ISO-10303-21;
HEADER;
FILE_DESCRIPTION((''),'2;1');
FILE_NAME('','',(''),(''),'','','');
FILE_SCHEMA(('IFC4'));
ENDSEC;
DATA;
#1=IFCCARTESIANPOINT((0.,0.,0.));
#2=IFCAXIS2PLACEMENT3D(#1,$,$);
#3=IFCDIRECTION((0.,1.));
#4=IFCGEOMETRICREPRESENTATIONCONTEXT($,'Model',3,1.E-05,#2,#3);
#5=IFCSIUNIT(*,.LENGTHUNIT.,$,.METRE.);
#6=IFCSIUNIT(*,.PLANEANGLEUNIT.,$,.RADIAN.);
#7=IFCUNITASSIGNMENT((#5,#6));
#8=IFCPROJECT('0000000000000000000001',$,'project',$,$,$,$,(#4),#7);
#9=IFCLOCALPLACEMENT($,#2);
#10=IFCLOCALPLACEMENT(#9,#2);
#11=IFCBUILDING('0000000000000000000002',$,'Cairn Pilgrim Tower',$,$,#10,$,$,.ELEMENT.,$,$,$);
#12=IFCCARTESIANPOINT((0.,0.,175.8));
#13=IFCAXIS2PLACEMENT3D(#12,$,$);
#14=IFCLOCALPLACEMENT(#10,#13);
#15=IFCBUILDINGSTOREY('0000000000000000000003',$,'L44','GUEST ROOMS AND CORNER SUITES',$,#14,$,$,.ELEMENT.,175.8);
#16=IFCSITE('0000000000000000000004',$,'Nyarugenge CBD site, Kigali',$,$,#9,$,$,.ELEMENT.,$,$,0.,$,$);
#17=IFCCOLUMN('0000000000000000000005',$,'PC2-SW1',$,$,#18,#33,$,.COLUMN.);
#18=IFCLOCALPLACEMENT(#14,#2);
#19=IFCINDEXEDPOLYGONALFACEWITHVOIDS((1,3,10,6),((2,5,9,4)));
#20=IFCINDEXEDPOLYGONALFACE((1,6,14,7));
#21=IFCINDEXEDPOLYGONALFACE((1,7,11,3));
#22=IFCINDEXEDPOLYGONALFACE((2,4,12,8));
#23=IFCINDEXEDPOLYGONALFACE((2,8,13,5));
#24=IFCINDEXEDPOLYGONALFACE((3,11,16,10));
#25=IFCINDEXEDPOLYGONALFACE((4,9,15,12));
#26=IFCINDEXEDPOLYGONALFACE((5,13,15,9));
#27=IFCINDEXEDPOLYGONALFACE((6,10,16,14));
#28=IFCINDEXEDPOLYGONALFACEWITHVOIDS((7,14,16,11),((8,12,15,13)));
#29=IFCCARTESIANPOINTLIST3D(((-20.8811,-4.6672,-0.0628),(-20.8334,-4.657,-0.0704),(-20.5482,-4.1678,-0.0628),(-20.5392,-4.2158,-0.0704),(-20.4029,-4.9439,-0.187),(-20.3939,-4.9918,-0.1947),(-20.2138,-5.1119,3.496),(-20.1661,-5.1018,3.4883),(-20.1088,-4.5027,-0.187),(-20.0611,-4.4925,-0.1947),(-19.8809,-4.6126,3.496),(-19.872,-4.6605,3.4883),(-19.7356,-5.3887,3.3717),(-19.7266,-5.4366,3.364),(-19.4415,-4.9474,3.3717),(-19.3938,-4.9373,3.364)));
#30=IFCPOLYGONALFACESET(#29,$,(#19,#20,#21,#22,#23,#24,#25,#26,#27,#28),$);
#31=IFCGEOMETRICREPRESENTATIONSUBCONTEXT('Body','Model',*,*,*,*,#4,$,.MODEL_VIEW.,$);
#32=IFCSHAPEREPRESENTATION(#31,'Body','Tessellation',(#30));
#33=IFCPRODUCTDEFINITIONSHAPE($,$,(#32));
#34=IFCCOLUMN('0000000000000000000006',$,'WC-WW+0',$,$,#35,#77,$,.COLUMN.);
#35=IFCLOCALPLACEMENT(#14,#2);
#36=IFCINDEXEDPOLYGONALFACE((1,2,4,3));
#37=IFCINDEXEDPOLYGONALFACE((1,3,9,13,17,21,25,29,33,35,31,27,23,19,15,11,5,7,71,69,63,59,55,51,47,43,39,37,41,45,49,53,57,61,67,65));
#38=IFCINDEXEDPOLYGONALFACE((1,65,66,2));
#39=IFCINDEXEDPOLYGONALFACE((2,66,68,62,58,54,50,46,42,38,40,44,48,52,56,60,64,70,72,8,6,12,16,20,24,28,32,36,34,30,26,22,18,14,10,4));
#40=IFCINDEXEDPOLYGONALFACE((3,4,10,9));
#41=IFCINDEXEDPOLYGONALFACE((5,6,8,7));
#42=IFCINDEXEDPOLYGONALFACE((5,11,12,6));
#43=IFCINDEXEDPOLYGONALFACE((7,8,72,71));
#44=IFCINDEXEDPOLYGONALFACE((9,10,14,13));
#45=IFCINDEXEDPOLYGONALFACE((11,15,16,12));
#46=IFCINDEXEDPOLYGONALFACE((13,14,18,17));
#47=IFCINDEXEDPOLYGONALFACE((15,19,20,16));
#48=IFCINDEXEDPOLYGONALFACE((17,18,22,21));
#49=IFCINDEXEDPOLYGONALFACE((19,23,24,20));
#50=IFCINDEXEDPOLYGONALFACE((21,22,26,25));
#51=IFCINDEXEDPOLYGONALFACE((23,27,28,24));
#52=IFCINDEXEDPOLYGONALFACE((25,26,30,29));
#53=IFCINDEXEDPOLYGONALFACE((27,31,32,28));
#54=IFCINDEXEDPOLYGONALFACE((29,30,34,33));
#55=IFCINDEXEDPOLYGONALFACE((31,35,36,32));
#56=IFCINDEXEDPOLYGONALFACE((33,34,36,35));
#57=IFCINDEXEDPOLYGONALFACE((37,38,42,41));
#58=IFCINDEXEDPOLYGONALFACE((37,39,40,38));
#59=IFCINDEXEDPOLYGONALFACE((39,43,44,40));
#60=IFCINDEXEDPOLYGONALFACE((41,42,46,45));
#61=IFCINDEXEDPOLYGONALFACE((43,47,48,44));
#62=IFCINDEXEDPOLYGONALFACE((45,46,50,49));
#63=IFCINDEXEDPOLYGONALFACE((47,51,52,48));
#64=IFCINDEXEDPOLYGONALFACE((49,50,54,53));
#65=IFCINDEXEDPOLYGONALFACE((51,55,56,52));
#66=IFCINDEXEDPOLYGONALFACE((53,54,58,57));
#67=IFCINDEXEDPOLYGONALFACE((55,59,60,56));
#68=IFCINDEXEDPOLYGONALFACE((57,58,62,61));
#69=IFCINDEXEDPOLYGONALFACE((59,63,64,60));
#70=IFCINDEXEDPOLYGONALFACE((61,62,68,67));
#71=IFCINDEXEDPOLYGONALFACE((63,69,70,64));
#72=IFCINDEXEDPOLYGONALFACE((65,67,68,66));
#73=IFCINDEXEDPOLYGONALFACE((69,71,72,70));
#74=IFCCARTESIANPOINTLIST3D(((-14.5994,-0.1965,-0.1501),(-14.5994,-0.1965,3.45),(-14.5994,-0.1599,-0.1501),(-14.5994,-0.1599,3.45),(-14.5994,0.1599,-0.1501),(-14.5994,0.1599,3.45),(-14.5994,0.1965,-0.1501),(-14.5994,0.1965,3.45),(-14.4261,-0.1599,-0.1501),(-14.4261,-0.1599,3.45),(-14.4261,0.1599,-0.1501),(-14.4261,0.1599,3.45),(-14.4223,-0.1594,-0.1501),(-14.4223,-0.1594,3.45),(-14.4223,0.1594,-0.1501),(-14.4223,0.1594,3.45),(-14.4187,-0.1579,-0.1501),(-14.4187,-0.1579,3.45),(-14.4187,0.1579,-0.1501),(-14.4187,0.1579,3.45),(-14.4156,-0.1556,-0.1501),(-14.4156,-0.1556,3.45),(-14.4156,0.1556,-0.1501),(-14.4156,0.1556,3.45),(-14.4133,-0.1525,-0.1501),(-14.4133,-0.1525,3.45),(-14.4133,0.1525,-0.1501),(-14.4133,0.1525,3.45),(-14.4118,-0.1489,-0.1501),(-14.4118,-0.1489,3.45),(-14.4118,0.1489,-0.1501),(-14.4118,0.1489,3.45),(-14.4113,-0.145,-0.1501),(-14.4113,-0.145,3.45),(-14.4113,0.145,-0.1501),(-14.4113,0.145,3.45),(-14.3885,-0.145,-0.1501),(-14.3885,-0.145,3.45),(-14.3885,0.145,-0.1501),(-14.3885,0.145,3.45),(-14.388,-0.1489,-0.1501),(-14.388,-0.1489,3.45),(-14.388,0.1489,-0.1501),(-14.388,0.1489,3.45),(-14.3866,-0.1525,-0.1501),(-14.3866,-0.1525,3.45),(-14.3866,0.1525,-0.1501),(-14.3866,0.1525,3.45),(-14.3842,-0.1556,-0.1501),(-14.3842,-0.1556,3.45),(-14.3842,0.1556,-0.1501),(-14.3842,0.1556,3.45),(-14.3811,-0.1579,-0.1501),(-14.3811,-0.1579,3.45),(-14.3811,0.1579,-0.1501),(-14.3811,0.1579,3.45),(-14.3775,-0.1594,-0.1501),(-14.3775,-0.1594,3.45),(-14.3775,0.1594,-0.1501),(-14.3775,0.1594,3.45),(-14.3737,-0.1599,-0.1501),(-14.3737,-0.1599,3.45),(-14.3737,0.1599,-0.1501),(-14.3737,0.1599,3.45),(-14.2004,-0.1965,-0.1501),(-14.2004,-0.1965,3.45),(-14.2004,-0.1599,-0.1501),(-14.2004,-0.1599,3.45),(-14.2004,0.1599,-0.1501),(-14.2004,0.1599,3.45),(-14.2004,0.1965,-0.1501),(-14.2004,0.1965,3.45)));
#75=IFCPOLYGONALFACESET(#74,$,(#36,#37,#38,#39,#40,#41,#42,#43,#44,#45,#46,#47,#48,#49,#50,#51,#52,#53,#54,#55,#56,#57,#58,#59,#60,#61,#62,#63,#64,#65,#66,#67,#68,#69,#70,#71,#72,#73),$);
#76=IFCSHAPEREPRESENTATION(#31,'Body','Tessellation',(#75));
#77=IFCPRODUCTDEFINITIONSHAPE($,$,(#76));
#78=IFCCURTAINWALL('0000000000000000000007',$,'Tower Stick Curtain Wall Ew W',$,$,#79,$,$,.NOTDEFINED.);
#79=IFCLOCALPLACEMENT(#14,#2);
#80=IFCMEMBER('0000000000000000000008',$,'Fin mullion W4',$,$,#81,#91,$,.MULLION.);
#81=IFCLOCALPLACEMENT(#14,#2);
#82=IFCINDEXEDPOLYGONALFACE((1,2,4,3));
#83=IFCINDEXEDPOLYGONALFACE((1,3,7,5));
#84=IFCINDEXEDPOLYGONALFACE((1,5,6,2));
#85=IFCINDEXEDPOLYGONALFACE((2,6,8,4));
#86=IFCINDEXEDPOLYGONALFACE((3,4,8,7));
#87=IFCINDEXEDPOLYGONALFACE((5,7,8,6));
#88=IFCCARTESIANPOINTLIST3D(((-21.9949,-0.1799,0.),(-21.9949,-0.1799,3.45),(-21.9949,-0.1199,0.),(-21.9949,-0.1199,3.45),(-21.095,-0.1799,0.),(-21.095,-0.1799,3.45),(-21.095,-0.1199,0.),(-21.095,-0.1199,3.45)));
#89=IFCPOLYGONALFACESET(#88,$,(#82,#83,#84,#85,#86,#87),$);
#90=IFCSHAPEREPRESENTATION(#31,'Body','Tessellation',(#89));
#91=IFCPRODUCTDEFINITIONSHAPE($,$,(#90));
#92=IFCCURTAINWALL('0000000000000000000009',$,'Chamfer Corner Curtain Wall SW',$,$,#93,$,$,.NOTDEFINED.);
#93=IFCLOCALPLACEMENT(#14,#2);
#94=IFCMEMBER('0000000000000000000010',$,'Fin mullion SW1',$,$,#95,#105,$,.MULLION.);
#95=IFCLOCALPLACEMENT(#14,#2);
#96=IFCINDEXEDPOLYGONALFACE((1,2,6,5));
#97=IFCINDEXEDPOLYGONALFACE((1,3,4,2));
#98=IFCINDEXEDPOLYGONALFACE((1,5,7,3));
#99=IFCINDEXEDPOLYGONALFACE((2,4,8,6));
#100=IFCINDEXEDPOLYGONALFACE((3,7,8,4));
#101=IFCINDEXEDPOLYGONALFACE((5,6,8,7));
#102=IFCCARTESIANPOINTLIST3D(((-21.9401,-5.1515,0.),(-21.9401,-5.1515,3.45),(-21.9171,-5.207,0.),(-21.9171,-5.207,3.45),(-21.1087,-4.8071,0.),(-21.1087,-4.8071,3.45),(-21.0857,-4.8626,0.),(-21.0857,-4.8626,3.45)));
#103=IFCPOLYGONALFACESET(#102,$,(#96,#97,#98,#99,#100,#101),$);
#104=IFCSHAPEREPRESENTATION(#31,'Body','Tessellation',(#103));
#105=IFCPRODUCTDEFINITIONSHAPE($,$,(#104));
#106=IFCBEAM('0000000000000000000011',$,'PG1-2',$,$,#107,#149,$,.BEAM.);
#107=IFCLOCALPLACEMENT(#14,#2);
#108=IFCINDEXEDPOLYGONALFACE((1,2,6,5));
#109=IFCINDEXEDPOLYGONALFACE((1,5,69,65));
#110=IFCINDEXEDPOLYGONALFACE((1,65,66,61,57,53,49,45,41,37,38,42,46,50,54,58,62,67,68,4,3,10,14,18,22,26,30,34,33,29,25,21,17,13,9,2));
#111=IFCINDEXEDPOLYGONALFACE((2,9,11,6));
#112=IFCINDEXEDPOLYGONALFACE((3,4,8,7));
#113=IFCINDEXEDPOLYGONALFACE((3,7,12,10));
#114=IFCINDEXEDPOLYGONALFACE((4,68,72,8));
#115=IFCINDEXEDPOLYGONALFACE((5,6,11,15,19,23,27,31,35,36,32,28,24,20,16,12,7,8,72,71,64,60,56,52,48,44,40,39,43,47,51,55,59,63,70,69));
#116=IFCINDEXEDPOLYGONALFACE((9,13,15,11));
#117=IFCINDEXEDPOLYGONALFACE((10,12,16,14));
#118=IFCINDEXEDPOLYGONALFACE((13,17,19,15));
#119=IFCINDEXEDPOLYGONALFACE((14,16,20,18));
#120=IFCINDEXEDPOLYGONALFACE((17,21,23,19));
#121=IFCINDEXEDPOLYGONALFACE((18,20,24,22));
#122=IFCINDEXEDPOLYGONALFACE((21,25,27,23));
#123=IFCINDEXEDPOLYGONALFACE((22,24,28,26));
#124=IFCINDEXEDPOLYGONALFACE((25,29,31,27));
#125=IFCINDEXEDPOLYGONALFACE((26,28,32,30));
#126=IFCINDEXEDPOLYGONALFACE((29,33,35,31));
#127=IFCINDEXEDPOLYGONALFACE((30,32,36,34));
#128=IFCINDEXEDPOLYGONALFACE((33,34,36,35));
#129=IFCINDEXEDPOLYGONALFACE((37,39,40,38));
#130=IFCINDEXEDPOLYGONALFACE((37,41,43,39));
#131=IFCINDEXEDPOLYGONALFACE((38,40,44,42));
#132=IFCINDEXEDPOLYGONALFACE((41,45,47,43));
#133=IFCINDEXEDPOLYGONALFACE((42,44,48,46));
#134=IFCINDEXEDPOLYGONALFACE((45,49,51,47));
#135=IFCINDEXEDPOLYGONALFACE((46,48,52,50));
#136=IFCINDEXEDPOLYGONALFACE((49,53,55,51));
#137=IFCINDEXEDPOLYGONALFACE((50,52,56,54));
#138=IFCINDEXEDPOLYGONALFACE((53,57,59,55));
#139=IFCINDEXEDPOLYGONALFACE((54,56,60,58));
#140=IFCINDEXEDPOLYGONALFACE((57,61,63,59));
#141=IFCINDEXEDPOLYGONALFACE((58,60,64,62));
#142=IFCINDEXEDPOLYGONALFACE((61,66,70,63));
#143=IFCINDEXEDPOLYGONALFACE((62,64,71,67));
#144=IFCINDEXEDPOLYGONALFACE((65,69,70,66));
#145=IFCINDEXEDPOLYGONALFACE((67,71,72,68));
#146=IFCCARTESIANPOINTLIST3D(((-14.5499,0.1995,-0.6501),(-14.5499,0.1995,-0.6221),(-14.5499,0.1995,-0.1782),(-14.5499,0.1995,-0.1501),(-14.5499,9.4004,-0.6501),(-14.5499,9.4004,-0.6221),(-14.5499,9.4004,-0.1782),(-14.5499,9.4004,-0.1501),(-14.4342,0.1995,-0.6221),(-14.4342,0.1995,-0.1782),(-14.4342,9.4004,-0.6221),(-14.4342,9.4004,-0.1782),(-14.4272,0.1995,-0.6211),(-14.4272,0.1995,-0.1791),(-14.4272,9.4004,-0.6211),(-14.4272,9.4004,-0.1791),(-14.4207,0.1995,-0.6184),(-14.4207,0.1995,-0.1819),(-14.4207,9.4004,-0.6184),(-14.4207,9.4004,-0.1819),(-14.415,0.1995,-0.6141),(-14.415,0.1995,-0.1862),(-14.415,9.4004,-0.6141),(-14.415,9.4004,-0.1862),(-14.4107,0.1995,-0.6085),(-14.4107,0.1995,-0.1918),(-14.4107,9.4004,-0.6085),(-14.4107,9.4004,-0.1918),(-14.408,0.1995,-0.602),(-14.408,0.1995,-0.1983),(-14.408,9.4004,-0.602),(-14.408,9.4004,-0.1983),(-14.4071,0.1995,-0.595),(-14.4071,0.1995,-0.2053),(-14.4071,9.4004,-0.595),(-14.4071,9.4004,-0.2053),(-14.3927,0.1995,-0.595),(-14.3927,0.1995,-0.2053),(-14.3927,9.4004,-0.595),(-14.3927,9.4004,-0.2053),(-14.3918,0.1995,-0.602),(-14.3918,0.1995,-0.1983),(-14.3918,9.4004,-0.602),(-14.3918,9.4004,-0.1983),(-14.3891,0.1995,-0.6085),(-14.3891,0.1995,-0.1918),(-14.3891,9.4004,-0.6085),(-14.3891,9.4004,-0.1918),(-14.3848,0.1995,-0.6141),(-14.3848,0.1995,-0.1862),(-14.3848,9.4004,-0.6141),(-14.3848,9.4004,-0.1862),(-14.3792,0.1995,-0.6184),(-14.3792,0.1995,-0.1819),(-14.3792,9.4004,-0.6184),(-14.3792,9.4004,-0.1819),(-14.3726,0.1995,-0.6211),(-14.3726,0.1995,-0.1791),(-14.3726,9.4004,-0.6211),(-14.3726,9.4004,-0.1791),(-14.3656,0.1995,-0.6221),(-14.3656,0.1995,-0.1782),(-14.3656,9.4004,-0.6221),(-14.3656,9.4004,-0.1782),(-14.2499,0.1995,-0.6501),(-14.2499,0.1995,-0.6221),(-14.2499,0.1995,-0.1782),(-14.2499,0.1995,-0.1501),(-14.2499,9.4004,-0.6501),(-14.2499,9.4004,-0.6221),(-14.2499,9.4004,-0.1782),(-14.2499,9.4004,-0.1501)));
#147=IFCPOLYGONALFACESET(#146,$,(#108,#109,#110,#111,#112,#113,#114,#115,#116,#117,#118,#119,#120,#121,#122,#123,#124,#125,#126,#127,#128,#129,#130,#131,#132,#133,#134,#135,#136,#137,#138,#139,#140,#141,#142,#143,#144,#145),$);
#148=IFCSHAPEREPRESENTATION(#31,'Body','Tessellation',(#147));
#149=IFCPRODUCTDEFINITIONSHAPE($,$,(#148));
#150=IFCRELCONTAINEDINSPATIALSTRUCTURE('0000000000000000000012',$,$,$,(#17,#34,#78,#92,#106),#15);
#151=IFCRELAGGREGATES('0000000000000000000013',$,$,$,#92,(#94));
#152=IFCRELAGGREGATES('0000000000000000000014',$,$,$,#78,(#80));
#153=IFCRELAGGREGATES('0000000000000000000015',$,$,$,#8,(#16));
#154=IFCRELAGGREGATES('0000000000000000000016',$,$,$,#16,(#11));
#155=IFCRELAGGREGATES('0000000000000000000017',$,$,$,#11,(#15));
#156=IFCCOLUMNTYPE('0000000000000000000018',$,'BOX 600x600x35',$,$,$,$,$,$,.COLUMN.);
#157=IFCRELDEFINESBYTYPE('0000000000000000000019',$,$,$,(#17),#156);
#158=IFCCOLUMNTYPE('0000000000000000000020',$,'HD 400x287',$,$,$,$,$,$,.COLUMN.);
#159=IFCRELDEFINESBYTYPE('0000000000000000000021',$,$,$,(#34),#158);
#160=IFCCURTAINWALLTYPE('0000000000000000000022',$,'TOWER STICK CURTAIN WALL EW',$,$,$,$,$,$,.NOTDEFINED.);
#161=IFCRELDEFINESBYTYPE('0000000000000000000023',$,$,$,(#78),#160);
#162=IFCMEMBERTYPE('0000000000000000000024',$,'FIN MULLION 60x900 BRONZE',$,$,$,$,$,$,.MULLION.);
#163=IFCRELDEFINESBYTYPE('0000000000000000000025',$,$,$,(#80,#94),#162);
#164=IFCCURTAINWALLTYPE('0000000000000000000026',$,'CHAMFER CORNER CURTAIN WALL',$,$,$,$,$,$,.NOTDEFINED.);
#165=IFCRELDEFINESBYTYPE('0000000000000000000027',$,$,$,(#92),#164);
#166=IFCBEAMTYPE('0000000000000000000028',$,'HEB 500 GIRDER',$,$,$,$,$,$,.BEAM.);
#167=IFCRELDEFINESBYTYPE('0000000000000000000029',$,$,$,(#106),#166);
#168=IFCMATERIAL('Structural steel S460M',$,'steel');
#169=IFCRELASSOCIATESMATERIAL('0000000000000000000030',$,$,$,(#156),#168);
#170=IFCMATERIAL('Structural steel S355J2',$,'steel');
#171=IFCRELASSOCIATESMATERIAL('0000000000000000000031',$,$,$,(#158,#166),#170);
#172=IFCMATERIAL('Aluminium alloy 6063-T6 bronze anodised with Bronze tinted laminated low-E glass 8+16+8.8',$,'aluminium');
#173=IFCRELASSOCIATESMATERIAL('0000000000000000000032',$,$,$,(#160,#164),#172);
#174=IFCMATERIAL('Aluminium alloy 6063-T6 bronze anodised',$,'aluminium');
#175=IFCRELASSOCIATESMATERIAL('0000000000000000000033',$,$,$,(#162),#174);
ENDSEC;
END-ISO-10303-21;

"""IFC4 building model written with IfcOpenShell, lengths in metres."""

from ifc_helpers import new_model, si_unit, direction, frame, origin, origin_2d, place, context, subcontext, project, spatial, rectangle, hollow_rectangle, i_section, extrude, clip, halfspace, material, material_profile, profile_set, type_object, element, aggregate, save


model = new_model("IFC4")

# Units and contexts
model_context = context("Model", 3, precision=1e-05, world=origin(), true_north=direction((0.0, 1.0)))
body_context = subcontext(model_context, "Body", "Model", "MODEL_VIEW")
ifc_project = project(units=[si_unit("LENGTHUNIT", "METRE"), si_unit("PLANEANGLEUNIT", "RADIAN")], contexts=[model_context])

# Site, building, storey
site_placement = place(None, origin())
site = spatial("IfcSite", under=ifc_project, at=site_placement, Name="Nyarugenge CBD site, Kigali", CompositionType="ELEMENT", RefElevation=0.0)
building_placement = place(site_placement, origin())
building = spatial("IfcBuilding", under=site, at=building_placement, Name="Cairn Pilgrim Tower", CompositionType="ELEMENT")
storey_placement = place(building_placement, frame((0.0, 0.0, 175.8)))
storey = spatial("IfcBuildingStorey", under=building, at=storey_placement, Name="L44", Description="GUEST ROOMS AND CORNER SUITES", CompositionType="ELEMENT", Elevation=175.8)

# Columns
ifc_material_1 = material(Name="Structural steel S460M", Category="steel")
ifc_material_profile_1 = material_profile(ifc_material_1, hollow_rectangle(XDim=0.6001, YDim=0.6001, WallThickness=0.0349, at=origin_2d()), Name="BOX 600x600x35")
ifc_profile_set_1 = profile_set([ifc_material_profile_1], Name="Structural steel S460M")
column_type_1 = type_object("IfcColumnType", Name="BOX 600x600x35", PredefinedType="COLUMN", material=ifc_profile_set_1)
column_1_placement = place(storey_placement, frame((-20.4751, -4.5771, -0.1501), z_axis=(0.182922, -0.121926, 0.975538), x_axis=(0.554631, 0.832097, 0.0)))
element("IfcColumn", 1, at=column_1_placement, inside=storey, type_object=column_type_1, Name="PC2-SW1", PredefinedType="COLUMN", context=body_context, shape_type="Clipping", body=[
    clip(clip(extrude(hollow_rectangle(XDim=0.6001, YDim=0.6001, WallThickness=0.0349, at=origin_2d()), origin(), (0.0, 0.0, 1.0), 3.6904), halfspace(frame((0.0, 0.0, 0.022), z_axis=(0.0, 0.0, 1.0), x_axis=(1.0, 0.0, 0.0)), True)), halfspace(frame((0.0, 0.0, 3.6699), z_axis=(0.0, 0.0, 1.0), x_axis=(1.0, 0.0, 0.0)), False)),
])
ifc_material_2 = material(Name="Structural steel S355J2", Category="steel")
ifc_material_profile_2 = material_profile(ifc_material_2, i_section(OverallWidth=0.3989, OverallDepth=0.3931, WebThickness=0.0227, FlangeThickness=0.0366, FilletRadius=0.0149, at=origin_2d()), Name="HD 400x287")
ifc_profile_set_2 = profile_set([ifc_material_profile_2], Name="Structural steel S355J2")
column_type_2 = type_object("IfcColumnType", Name="HD 400x287", PredefinedType="COLUMN", material=ifc_profile_set_2)
column_2_placement = place(storey_placement, frame((-14.3999, 0.0, -0.1501), z_axis=(0.0, 0.0, 1.0), x_axis=(1.0, 0.0, 0.0)))
element("IfcColumn", 2, at=column_2_placement, inside=storey, type_object=column_type_2, Name="WC-WW+0", PredefinedType="COLUMN", context=body_context, shape_type="SweptSolid", body=[
    extrude(i_section(OverallWidth=0.3989, OverallDepth=0.3931, WebThickness=0.0227, FlangeThickness=0.0366, FilletRadius=0.0149, at=origin_2d()), origin(), (0.0, 0.0, 1.0), 3.6001),
])

# Curtain walls, members
ifc_material_3 = material(Name="Aluminium alloy 6063-T6 bronze anodised with Bronze tinted laminated low-E glass 8+16+8.8", Category="aluminium")
curtain_wall_type_1 = type_object("IfcCurtainWallType", Name="TOWER STICK CURTAIN WALL EW", PredefinedType="NOTDEFINED", material=ifc_material_3)
curtain_wall_1_placement = place(storey_placement, origin())
curtain_wall_1 = element("IfcCurtainWall", 3, at=curtain_wall_1_placement, inside=storey, type_object=curtain_wall_type_1, Name="Tower Stick Curtain Wall Ew W", PredefinedType="NOTDEFINED")
ifc_material_4 = material(Name="Aluminium alloy 6063-T6 bronze anodised", Category="aluminium")
ifc_material_profile_3 = material_profile(ifc_material_4, rectangle(XDim=0.8999, YDim=0.0601, at=origin_2d()), Name="FIN MULLION 60x900 BRONZE")
ifc_profile_set_3 = profile_set([ifc_material_profile_3], Name="Aluminium alloy 6063-T6 bronze anodised")
member_type_1 = type_object("IfcMemberType", Name="FIN MULLION 60x900 BRONZE", PredefinedType="MULLION", material=ifc_profile_set_3)
member_1_placement = place(storey_placement, frame((-21.5449, -0.1499, 0.0), z_axis=(0.0, 0.0, 1.0), x_axis=(-1.0, 0.0, 0.0)))
member_1 = element("IfcMember", 4, at=member_1_placement, type_object=member_type_1, Name="Fin mullion W4", PredefinedType="MULLION", context=body_context, shape_type="SweptSolid", body=[
    extrude(rectangle(XDim=0.8999, YDim=0.0601, at=origin_2d()), origin(), (0.0, 0.0, 1.0), 3.45),
])
curtain_wall_type_2 = type_object("IfcCurtainWallType", Name="CHAMFER CORNER CURTAIN WALL", PredefinedType="NOTDEFINED", material=ifc_material_3)
curtain_wall_2_placement = place(storey_placement, origin())
curtain_wall_2 = element("IfcCurtainWall", 5, at=curtain_wall_2_placement, inside=storey, type_object=curtain_wall_type_2, Name="Chamfer Corner Curtain Wall SW", PredefinedType="NOTDEFINED")
member_2_placement = place(storey_placement, frame((-21.5129, -5.0071, 0.0), z_axis=(0.0, 0.0, 1.0), x_axis=(-0.92388, -0.382683, 0.0)))
member_2 = element("IfcMember", 6, at=member_2_placement, type_object=member_type_1, Name="Fin mullion SW1", PredefinedType="MULLION", context=body_context, shape_type="SweptSolid", body=[
    extrude(rectangle(XDim=0.8999, YDim=0.0601, at=origin_2d()), origin(), (0.0, 0.0, 1.0), 3.45),
])

# Beam
ifc_material_profile_4 = material_profile(ifc_material_2, i_section(OverallWidth=0.3, OverallDepth=0.5, WebThickness=0.0144, FlangeThickness=0.0281, FilletRadius=0.0271, at=origin_2d()), Name="HEB 500")
ifc_profile_set_4 = profile_set([ifc_material_profile_4], Name="Structural steel S355J2")
beam_type_1 = type_object("IfcBeamType", Name="HEB 500 GIRDER", PredefinedType="BEAM", material=ifc_profile_set_4)
beam_1_placement = place(storey_placement, frame((-14.3999, 0.1995, -0.4001), z_axis=(0.0, 1.0, 0.0), x_axis=(-1.0, 0.0, 0.0)))
element("IfcBeam", 7, at=beam_1_placement, inside=storey, type_object=beam_type_1, Name="PG1-2", PredefinedType="BEAM", context=body_context, shape_type="SweptSolid", body=[
    extrude(i_section(OverallWidth=0.3, OverallDepth=0.5, WebThickness=0.0144, FlangeThickness=0.0281, FilletRadius=0.0271, at=origin_2d()), origin(), (0.0, 0.0, 1.0), 9.2009),
])

aggregate(curtain_wall_2, [member_2])
aggregate(curtain_wall_1, [member_1])

save(model, "model.ifc")
